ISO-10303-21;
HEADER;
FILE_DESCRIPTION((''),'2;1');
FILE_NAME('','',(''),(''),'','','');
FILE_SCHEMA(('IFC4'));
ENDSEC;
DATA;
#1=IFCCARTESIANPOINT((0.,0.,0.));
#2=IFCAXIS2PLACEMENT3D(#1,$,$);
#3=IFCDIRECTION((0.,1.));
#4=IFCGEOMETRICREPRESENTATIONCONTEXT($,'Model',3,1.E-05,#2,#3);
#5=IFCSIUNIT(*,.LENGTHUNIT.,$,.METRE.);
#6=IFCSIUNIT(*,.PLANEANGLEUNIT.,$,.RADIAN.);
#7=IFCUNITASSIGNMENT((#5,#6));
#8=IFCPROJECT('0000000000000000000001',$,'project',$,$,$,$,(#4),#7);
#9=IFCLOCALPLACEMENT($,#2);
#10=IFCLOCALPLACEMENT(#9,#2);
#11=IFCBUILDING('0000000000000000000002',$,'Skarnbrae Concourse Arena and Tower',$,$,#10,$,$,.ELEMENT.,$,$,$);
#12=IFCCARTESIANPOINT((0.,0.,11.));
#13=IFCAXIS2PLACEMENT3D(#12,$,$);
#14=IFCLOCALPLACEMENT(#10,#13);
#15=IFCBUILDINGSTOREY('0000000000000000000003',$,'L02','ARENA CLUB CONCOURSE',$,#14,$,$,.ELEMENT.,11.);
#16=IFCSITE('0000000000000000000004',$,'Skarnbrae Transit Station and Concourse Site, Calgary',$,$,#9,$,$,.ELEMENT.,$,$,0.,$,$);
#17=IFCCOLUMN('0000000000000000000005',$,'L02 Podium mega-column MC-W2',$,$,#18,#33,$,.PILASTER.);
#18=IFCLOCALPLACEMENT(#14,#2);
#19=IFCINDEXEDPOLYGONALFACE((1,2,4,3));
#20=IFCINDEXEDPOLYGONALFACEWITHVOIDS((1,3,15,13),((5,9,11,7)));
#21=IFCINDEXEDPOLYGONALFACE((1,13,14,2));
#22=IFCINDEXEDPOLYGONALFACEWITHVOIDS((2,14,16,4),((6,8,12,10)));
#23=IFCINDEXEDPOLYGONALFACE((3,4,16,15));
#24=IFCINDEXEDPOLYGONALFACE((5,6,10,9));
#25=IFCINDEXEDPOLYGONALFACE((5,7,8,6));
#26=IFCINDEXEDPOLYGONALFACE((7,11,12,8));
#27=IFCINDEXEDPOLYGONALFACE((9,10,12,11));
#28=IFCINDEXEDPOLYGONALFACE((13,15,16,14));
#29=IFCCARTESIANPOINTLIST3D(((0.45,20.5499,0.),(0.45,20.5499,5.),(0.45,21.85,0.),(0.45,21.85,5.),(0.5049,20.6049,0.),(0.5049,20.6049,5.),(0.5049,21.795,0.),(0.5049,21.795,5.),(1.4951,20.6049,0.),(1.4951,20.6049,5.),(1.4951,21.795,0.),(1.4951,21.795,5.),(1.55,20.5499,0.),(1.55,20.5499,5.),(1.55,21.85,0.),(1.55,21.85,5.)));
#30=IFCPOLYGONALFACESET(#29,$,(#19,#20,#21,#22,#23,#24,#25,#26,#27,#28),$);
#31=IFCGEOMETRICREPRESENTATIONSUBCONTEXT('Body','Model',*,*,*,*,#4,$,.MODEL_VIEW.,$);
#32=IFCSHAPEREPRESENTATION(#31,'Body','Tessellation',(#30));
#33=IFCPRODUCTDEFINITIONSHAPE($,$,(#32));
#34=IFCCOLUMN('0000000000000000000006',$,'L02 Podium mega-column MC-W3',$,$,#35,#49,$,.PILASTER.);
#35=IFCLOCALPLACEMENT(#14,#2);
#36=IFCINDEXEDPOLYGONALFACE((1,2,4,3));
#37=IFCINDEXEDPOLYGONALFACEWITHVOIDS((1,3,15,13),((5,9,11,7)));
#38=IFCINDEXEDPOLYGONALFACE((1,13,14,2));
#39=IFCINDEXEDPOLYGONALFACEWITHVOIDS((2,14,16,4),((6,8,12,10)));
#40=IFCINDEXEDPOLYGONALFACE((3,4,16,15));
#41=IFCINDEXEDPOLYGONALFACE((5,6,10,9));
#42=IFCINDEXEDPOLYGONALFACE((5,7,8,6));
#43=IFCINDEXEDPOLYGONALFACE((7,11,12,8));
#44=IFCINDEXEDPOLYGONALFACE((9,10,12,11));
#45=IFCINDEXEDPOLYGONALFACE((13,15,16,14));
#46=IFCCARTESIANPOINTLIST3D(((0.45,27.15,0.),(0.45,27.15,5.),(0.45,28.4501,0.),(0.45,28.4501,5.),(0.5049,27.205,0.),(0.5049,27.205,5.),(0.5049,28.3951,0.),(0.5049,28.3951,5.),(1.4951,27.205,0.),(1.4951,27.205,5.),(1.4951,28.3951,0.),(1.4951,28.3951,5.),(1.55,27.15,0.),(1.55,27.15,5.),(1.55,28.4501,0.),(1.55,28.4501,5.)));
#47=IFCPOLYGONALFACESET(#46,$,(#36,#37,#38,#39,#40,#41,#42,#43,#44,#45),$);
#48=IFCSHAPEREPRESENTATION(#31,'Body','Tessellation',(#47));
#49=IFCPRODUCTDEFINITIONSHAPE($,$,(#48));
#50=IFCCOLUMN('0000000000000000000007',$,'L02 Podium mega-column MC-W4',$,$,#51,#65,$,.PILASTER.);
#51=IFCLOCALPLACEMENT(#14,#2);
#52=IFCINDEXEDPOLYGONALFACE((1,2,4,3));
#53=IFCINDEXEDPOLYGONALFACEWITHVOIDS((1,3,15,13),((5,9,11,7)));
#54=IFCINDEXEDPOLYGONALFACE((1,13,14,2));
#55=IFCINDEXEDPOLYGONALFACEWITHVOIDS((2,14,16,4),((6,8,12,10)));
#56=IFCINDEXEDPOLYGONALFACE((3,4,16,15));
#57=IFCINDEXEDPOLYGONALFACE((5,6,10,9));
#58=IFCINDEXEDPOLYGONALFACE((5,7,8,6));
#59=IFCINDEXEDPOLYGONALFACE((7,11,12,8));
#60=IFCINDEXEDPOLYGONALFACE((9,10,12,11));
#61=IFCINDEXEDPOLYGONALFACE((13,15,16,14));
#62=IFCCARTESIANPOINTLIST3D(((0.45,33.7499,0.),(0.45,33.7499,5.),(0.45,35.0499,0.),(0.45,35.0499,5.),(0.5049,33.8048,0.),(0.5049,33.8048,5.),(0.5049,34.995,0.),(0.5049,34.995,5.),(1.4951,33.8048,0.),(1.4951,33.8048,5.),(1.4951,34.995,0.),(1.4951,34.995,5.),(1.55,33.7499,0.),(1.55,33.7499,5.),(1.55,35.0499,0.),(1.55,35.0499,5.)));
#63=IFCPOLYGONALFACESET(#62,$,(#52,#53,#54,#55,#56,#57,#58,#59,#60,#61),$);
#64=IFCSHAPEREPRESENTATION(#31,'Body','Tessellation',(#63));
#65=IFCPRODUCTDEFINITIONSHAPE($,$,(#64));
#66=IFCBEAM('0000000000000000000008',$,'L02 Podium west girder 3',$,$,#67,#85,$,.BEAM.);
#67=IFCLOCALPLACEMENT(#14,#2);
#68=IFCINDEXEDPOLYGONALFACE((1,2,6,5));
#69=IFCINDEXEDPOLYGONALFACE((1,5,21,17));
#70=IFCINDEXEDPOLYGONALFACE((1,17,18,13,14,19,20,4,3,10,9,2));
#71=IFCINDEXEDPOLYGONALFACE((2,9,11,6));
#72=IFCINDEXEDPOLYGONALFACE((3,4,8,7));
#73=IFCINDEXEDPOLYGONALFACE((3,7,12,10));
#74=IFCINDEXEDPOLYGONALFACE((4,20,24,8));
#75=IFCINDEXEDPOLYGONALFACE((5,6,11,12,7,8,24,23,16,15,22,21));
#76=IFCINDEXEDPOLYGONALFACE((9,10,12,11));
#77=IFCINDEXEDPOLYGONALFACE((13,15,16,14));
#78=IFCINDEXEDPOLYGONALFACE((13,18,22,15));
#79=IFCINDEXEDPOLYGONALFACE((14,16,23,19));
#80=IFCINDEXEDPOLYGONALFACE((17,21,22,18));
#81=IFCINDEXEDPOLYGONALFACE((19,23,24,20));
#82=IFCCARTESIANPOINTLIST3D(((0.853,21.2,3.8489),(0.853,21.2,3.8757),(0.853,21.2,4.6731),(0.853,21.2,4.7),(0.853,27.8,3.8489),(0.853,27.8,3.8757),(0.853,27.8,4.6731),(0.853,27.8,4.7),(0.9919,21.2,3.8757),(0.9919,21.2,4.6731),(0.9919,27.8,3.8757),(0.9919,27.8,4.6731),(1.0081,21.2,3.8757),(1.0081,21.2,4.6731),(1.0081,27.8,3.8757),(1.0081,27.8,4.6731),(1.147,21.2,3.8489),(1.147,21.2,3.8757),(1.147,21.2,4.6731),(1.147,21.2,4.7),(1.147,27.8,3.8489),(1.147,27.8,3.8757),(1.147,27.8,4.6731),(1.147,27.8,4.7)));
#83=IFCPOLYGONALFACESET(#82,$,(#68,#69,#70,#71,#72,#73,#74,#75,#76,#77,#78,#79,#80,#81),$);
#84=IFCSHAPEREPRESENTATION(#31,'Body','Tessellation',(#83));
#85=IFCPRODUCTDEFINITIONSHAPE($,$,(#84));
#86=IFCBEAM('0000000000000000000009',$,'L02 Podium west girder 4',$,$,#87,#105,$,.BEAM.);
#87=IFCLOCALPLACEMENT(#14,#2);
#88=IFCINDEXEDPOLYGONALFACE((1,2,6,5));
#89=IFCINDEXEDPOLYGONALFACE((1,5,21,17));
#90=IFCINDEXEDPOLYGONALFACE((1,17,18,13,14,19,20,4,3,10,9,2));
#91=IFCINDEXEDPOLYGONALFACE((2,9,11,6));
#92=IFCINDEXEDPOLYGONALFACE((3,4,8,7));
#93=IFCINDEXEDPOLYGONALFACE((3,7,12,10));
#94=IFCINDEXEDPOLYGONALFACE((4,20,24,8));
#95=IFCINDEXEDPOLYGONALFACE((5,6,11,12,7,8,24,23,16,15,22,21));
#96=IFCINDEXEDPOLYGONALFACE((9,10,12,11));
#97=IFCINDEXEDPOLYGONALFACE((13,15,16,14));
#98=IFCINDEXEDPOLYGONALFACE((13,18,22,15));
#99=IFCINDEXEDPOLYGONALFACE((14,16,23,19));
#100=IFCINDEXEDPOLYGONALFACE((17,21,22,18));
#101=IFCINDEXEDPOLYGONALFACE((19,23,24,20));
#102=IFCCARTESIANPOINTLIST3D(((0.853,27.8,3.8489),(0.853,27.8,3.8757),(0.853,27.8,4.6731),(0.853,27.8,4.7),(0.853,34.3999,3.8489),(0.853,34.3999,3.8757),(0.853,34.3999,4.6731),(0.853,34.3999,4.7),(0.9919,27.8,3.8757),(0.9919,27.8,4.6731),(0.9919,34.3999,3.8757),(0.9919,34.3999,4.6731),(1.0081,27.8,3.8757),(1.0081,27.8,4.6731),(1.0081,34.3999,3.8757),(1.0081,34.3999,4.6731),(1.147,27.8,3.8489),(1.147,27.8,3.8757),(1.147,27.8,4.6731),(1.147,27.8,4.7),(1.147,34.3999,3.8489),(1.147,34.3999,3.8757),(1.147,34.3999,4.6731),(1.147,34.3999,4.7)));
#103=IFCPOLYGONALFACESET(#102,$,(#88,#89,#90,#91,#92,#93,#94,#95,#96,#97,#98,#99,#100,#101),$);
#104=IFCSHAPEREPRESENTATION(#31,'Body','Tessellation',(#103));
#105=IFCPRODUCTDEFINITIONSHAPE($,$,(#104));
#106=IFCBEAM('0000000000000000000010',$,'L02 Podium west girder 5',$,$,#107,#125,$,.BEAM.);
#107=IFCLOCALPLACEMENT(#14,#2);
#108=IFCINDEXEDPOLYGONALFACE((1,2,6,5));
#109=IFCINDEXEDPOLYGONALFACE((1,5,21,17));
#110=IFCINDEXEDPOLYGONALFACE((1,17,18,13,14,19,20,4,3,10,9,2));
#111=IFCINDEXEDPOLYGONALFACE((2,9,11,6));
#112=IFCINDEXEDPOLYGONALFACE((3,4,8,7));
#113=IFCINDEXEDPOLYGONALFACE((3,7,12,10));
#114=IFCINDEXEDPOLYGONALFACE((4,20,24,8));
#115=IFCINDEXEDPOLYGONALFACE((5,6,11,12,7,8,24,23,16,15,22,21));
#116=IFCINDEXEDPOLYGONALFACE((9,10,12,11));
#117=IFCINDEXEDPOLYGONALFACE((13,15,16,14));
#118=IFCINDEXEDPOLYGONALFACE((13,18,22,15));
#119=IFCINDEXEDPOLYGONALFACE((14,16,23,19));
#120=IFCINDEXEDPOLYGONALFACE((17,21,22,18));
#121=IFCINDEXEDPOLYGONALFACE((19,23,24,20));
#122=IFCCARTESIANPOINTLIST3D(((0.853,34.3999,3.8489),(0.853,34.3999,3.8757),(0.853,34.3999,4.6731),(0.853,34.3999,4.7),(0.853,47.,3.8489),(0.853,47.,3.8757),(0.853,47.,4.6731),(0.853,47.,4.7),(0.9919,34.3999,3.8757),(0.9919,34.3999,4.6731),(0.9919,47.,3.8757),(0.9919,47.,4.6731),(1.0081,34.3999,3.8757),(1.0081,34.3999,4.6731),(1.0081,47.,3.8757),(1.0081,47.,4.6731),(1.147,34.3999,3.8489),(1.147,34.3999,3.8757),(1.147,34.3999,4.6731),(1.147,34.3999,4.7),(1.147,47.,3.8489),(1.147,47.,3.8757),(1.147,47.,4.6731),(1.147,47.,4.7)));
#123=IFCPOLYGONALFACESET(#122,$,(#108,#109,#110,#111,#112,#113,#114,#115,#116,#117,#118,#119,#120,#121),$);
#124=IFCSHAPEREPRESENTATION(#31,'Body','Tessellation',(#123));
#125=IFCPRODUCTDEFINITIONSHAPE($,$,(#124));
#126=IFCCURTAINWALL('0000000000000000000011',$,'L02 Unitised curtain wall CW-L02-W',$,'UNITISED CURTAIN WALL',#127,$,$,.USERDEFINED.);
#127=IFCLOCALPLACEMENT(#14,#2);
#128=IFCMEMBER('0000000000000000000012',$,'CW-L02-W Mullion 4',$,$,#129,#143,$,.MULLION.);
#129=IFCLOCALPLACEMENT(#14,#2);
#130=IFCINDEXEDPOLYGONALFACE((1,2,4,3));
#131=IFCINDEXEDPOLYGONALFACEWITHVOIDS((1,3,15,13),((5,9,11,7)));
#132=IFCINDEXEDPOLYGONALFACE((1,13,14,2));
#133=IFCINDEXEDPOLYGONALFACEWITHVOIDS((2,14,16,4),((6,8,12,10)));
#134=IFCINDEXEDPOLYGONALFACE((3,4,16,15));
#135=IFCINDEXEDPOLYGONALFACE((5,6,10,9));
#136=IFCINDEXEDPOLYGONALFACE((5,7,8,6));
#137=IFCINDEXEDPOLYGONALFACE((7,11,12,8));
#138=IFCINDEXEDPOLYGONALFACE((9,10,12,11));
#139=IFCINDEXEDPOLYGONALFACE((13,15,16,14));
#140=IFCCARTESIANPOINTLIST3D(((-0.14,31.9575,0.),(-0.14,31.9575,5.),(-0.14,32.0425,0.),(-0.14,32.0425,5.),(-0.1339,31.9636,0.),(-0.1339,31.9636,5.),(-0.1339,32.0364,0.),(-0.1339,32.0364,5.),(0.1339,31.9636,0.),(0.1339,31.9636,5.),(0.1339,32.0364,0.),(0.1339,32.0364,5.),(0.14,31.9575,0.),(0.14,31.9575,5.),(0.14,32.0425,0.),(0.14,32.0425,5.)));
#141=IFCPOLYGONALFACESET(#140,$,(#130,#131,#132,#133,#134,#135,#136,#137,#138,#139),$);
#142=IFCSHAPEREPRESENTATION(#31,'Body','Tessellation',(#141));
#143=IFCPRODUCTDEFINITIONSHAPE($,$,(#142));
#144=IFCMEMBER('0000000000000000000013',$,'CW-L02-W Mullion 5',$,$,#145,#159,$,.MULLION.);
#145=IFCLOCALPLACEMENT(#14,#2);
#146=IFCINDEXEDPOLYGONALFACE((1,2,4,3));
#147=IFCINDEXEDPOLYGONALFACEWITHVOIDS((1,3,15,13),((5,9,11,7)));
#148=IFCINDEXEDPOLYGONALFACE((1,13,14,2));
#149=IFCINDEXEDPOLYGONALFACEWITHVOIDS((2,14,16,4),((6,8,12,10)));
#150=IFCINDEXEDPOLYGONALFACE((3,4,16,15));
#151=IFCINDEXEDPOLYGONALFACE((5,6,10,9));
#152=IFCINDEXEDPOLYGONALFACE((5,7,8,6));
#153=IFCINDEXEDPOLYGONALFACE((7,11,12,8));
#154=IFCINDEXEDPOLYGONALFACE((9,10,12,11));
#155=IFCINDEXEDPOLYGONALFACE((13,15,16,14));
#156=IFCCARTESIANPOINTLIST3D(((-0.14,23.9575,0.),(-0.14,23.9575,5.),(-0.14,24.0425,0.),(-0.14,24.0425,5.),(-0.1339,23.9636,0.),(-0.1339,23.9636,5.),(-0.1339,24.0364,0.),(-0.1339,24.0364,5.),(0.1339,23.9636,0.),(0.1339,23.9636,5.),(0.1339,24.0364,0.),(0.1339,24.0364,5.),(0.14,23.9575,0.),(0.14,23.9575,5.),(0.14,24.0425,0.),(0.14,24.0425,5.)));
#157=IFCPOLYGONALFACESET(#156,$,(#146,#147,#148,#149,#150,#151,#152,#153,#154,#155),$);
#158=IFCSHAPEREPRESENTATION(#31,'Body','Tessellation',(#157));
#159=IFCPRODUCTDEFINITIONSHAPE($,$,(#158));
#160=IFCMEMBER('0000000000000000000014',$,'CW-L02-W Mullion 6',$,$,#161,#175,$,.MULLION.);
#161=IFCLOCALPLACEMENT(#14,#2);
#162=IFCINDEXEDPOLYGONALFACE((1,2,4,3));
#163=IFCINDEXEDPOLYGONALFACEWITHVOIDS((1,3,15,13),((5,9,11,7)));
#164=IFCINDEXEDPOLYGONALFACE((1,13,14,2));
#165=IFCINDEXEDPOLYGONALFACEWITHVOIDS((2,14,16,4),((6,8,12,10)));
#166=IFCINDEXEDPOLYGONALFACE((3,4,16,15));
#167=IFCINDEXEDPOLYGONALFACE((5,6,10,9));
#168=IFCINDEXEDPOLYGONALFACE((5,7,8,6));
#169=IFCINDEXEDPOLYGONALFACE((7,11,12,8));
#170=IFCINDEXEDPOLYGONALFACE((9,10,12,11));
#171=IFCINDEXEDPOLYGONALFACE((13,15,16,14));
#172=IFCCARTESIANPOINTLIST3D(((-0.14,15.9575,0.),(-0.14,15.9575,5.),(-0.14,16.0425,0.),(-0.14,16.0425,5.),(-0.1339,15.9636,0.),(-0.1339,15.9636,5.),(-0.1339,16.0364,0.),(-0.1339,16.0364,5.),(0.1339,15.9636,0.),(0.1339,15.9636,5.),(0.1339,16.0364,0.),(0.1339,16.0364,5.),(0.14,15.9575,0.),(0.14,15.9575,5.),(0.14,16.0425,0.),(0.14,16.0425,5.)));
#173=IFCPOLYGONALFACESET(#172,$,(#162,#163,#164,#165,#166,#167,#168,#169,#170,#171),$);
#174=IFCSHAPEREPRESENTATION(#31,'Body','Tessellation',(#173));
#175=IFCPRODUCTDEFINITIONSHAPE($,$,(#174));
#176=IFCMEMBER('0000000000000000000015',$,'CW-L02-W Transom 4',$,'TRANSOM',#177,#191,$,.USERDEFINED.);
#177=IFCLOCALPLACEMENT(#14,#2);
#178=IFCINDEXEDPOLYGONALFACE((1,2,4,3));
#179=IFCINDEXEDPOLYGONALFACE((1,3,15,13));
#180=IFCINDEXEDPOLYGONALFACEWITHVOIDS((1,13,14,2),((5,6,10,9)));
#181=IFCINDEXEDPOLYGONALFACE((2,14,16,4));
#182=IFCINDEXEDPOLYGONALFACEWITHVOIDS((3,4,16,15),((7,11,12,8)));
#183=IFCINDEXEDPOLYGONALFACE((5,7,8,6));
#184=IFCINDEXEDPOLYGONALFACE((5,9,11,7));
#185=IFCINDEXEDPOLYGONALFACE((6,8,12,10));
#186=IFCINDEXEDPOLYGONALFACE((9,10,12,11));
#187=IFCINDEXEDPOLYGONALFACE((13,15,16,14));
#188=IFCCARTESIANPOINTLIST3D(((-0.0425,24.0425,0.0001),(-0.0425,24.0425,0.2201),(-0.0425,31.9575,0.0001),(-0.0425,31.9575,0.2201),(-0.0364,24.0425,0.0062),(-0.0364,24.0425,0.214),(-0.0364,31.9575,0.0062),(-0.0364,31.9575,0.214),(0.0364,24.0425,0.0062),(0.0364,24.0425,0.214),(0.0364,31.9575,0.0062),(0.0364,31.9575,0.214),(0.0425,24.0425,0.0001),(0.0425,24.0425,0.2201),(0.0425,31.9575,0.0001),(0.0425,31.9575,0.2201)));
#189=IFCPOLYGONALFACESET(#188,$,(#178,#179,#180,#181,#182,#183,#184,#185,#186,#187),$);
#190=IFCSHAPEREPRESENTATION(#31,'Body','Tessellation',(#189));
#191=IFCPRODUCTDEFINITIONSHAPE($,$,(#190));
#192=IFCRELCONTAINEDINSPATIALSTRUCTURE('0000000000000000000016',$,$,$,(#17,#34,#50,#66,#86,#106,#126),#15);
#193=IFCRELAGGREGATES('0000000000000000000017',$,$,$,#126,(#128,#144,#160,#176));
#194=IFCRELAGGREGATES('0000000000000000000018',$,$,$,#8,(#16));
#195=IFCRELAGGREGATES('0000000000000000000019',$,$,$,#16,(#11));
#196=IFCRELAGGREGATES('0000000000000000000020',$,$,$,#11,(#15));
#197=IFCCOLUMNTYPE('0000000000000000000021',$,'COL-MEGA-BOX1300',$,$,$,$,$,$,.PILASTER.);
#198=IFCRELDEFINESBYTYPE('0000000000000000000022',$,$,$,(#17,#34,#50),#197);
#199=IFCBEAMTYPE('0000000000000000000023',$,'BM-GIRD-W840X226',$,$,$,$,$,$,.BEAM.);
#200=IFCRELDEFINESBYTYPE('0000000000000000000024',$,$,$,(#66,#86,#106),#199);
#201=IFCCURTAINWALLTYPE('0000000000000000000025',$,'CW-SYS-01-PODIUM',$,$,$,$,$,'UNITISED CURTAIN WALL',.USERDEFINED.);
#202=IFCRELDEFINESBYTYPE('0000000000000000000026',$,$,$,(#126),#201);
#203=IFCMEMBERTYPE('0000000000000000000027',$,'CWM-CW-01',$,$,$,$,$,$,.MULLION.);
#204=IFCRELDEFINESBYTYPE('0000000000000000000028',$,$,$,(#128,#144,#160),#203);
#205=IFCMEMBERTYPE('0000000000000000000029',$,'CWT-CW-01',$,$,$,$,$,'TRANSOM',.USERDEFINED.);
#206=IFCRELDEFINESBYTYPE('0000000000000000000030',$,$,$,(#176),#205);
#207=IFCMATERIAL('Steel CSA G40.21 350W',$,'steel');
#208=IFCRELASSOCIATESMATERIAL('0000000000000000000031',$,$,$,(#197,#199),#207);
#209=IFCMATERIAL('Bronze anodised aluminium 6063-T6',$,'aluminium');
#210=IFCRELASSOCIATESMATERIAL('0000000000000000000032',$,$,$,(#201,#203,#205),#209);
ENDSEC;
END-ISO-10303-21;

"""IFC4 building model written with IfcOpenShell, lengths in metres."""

from ifc_helpers import new_model, si_unit, direction, frame, origin, origin_2d, place, context, subcontext, project, spatial, hollow_rectangle, i_section, extrude, source, transform, mapped, material, material_profile, profile_set, type_object, element, aggregate, save


model = new_model("IFC4")

# Units and contexts
model_context = context("Model", 3, precision=1e-05, world=origin(), true_north=direction((0.0, 1.0)))
body_context = subcontext(model_context, "Body", "Model", "MODEL_VIEW")
ifc_project = project(units=[si_unit("LENGTHUNIT", "METRE"), si_unit("PLANEANGLEUNIT", "RADIAN")], contexts=[model_context])

# Site, building, storey
site_placement = place(None, origin())
site = spatial("IfcSite", under=ifc_project, at=site_placement, Name="Skarnbrae Transit Station and Concourse Site, Calgary", CompositionType="ELEMENT", RefElevation=0.0)
building_placement = place(site_placement, origin())
building = spatial("IfcBuilding", under=site, at=building_placement, Name="Skarnbrae Concourse Arena and Tower", CompositionType="ELEMENT")
storey_placement = place(building_placement, frame((0.0, 0.0, 11.0)))
storey = spatial("IfcBuildingStorey", under=building, at=storey_placement, Name="L02", Description="ARENA CLUB CONCOURSE", CompositionType="ELEMENT", Elevation=11.0)

# Columns
ifc_material_1 = material(Name="Steel CSA G40.21 350W", Category="steel")
ifc_material_profile_1 = material_profile(ifc_material_1, hollow_rectangle(XDim=1.1001, YDim=1.3, WallThickness=0.0549, at=origin_2d()), Name="BOX1300X1100X55")
ifc_profile_set_1 = profile_set([ifc_material_profile_1], Name="Steel CSA G40.21 350W")
column_type = type_object("IfcColumnType", Name="COL-MEGA-BOX1300", PredefinedType="PILASTER", material=ifc_profile_set_1)
shared_shape_1 = source(origin(), body_context, "Body", "SweptSolid", [
    extrude(hollow_rectangle(XDim=1.1001, YDim=1.3, WallThickness=0.0549, at=origin_2d()), origin(), (0.0, 0.0, 1.0), 5.0),
])
for number, where, z_axis, x_axis, name in (
    (1, (1.0, 21.2, 0.0), (0.0, 0.0, 1.0), (1.0, 0.0, 0.0), "L02 Podium mega-column MC-W2"),
    (2, (1.0, 27.8, 0.0), (0.0, 0.0, 1.0), (1.0, 0.0, 0.0), "L02 Podium mega-column MC-W3"),
    (3, (1.0, 34.3999, 0.0), (0.0, 0.0, 1.0), (1.0, 0.0, 0.0), "L02 Podium mega-column MC-W4"),
):
    element("IfcColumn", number, at=place(storey_placement, frame(where, z_axis=z_axis, x_axis=x_axis)), inside=storey, type_object=column_type, Name=name, PredefinedType="PILASTER", context=body_context, shape_type="MappedRepresentation", body=[
        mapped(shared_shape_1, transform((0.0, 0.0, 0.0))),
    ])

# Beams
ifc_material_profile_2 = material_profile(ifc_material_1, i_section(OverallWidth=0.2939, OverallDepth=0.8511, WebThickness=0.0161, FlangeThickness=0.0269, at=origin_2d()), Name="W840X226")
ifc_profile_set_2 = profile_set([ifc_material_profile_2], Name="Steel CSA G40.21 350W")
beam_type_1 = type_object("IfcBeamType", Name="BM-GIRD-W840X226", PredefinedType="BEAM", material=ifc_profile_set_2)
shared_shape_2 = source(origin(), body_context, "Body", "SweptSolid", [
    extrude(i_section(OverallWidth=0.2939, OverallDepth=0.8511, WebThickness=0.0161, FlangeThickness=0.0269, at=origin_2d()), origin(), (0.0, 0.0, 1.0), 6.6001),
])
beam_1_placement = place(storey_placement, frame((1.0, 21.2, 4.2744), z_axis=(0.0, 1.0, 0.0), x_axis=(-1.0, 0.0, 0.0)))
element("IfcBeam", 4, at=beam_1_placement, inside=storey, type_object=beam_type_1, Name="L02 Podium west girder 3", PredefinedType="BEAM", context=body_context, shape_type="MappedRepresentation", body=[
    mapped(shared_shape_2, transform((0.0, 0.0, 0.0))),
])
shared_shape_3 = source(origin(), body_context, "Body", "SweptSolid", [
    extrude(i_section(OverallWidth=0.2939, OverallDepth=0.8511, WebThickness=0.0161, FlangeThickness=0.0269, at=origin_2d()), origin(), (0.0, 0.0, 1.0), 6.5999),
])
beam_2_placement = place(storey_placement, frame((1.0, 27.8, 4.2744), z_axis=(0.0, 1.0, 0.0), x_axis=(-1.0, 0.0, 0.0)))
element("IfcBeam", 5, at=beam_2_placement, inside=storey, type_object=beam_type_1, Name="L02 Podium west girder 4", PredefinedType="BEAM", context=body_context, shape_type="MappedRepresentation", body=[
    mapped(shared_shape_3, transform((0.0, 0.0, 0.0))),
])
shared_shape_4 = source(origin(), body_context, "Body", "SweptSolid", [
    extrude(i_section(OverallWidth=0.2939, OverallDepth=0.8511, WebThickness=0.0161, FlangeThickness=0.0269, at=origin_2d()), origin(), (0.0, 0.0, 1.0), 12.6001),
])
beam_3_placement = place(storey_placement, frame((1.0, 34.3999, 4.2744), z_axis=(0.0, 1.0, 0.0), x_axis=(-1.0, 0.0, 0.0)))
element("IfcBeam", 6, at=beam_3_placement, inside=storey, type_object=beam_type_1, Name="L02 Podium west girder 5", PredefinedType="BEAM", context=body_context, shape_type="MappedRepresentation", body=[
    mapped(shared_shape_4, transform((0.0, 0.0, 0.0))),
])

# Curtain wall, members
ifc_material_2 = material(Name="Bronze anodised aluminium 6063-T6", Category="aluminium")
curtain_wall_type = type_object("IfcCurtainWallType", Name="CW-SYS-01-PODIUM", ElementType="UNITISED CURTAIN WALL", PredefinedType="USERDEFINED", material=ifc_material_2)
curtain_wall_placement = place(storey_placement, origin())
curtain_wall = element("IfcCurtainWall", 7, at=curtain_wall_placement, inside=storey, type_object=curtain_wall_type, Name="L02 Unitised curtain wall CW-L02-W", ObjectType="UNITISED CURTAIN WALL", PredefinedType="USERDEFINED")
ifc_material_profile_3 = material_profile(ifc_material_2, hollow_rectangle(XDim=0.085, YDim=0.28, WallThickness=0.0061, at=origin_2d()), Name="ALU-MULL-85X280")
ifc_profile_set_3 = profile_set([ifc_material_profile_3], Name="Bronze anodised aluminium 6063-T6")
member_type_1 = type_object("IfcMemberType", Name="CWM-CW-01", PredefinedType="MULLION", material=ifc_profile_set_3)
shared_shape_5 = source(origin(), body_context, "Body", "SweptSolid", [
    extrude(hollow_rectangle(XDim=0.085, YDim=0.28, WallThickness=0.0061, at=origin_2d()), origin(), (0.0, 0.0, 1.0), 5.0),
])
member_1_placement = place(storey_placement, frame((0.0, 32.0, 0.0), z_axis=(0.0, 0.0, 1.0), x_axis=(0.0, -1.0, 0.0)))
member_1 = element("IfcMember", 8, at=member_1_placement, type_object=member_type_1, Name="CW-L02-W Mullion 4", PredefinedType="MULLION", context=body_context, shape_type="MappedRepresentation", body=[
    mapped(shared_shape_5, transform((0.0, 0.0, 0.0))),
])
member_2_placement = place(storey_placement, frame((0.0, 24.0, 0.0), z_axis=(0.0, 0.0, 1.0), x_axis=(0.0, -1.0, 0.0)))
member_2 = element("IfcMember", 9, at=member_2_placement, type_object=member_type_1, Name="CW-L02-W Mullion 5", PredefinedType="MULLION", context=body_context, shape_type="MappedRepresentation", body=[
    mapped(shared_shape_5, transform((0.0, 0.0, 0.0))),
])
member_3_placement = place(storey_placement, frame((0.0, 16.0, 0.0), z_axis=(0.0, 0.0, 1.0), x_axis=(0.0, -1.0, 0.0)))
member_3 = element("IfcMember", 10, at=member_3_placement, type_object=member_type_1, Name="CW-L02-W Mullion 6", PredefinedType="MULLION", context=body_context, shape_type="MappedRepresentation", body=[
    mapped(shared_shape_5, transform((0.0, 0.0, 0.0))),
])
ifc_material_profile_4 = material_profile(ifc_material_2, hollow_rectangle(XDim=0.085, YDim=0.22, WallThickness=0.0061, at=origin_2d()), Name="ALU-TRAN-85X220")
ifc_profile_set_4 = profile_set([ifc_material_profile_4], Name="Bronze anodised aluminium 6063-T6")
member_type_2 = type_object("IfcMemberType", Name="CWT-CW-01", ElementType="TRANSOM", PredefinedType="USERDEFINED", material=ifc_profile_set_4)
shared_shape_6 = source(origin(), body_context, "Body", "SweptSolid", [
    extrude(hollow_rectangle(XDim=0.085, YDim=0.22, WallThickness=0.0061, at=origin_2d()), origin(), (0.0, 0.0, 1.0), 7.915),
])
member_4_placement = place(storey_placement, frame((0.0, 31.9575, 0.1101), z_axis=(0.0, -1.0, 0.0), x_axis=(1.0, 0.0, 0.0)))
member_4 = element("IfcMember", 11, at=member_4_placement, type_object=member_type_2, Name="CW-L02-W Transom 4", ObjectType="TRANSOM", PredefinedType="USERDEFINED", context=body_context, shape_type="MappedRepresentation", body=[
    mapped(shared_shape_6, transform((0.0, 0.0, 0.0))),
])

aggregate(curtain_wall, [member_1, member_2, member_3, member_4])

save(model, "model.ifc")
